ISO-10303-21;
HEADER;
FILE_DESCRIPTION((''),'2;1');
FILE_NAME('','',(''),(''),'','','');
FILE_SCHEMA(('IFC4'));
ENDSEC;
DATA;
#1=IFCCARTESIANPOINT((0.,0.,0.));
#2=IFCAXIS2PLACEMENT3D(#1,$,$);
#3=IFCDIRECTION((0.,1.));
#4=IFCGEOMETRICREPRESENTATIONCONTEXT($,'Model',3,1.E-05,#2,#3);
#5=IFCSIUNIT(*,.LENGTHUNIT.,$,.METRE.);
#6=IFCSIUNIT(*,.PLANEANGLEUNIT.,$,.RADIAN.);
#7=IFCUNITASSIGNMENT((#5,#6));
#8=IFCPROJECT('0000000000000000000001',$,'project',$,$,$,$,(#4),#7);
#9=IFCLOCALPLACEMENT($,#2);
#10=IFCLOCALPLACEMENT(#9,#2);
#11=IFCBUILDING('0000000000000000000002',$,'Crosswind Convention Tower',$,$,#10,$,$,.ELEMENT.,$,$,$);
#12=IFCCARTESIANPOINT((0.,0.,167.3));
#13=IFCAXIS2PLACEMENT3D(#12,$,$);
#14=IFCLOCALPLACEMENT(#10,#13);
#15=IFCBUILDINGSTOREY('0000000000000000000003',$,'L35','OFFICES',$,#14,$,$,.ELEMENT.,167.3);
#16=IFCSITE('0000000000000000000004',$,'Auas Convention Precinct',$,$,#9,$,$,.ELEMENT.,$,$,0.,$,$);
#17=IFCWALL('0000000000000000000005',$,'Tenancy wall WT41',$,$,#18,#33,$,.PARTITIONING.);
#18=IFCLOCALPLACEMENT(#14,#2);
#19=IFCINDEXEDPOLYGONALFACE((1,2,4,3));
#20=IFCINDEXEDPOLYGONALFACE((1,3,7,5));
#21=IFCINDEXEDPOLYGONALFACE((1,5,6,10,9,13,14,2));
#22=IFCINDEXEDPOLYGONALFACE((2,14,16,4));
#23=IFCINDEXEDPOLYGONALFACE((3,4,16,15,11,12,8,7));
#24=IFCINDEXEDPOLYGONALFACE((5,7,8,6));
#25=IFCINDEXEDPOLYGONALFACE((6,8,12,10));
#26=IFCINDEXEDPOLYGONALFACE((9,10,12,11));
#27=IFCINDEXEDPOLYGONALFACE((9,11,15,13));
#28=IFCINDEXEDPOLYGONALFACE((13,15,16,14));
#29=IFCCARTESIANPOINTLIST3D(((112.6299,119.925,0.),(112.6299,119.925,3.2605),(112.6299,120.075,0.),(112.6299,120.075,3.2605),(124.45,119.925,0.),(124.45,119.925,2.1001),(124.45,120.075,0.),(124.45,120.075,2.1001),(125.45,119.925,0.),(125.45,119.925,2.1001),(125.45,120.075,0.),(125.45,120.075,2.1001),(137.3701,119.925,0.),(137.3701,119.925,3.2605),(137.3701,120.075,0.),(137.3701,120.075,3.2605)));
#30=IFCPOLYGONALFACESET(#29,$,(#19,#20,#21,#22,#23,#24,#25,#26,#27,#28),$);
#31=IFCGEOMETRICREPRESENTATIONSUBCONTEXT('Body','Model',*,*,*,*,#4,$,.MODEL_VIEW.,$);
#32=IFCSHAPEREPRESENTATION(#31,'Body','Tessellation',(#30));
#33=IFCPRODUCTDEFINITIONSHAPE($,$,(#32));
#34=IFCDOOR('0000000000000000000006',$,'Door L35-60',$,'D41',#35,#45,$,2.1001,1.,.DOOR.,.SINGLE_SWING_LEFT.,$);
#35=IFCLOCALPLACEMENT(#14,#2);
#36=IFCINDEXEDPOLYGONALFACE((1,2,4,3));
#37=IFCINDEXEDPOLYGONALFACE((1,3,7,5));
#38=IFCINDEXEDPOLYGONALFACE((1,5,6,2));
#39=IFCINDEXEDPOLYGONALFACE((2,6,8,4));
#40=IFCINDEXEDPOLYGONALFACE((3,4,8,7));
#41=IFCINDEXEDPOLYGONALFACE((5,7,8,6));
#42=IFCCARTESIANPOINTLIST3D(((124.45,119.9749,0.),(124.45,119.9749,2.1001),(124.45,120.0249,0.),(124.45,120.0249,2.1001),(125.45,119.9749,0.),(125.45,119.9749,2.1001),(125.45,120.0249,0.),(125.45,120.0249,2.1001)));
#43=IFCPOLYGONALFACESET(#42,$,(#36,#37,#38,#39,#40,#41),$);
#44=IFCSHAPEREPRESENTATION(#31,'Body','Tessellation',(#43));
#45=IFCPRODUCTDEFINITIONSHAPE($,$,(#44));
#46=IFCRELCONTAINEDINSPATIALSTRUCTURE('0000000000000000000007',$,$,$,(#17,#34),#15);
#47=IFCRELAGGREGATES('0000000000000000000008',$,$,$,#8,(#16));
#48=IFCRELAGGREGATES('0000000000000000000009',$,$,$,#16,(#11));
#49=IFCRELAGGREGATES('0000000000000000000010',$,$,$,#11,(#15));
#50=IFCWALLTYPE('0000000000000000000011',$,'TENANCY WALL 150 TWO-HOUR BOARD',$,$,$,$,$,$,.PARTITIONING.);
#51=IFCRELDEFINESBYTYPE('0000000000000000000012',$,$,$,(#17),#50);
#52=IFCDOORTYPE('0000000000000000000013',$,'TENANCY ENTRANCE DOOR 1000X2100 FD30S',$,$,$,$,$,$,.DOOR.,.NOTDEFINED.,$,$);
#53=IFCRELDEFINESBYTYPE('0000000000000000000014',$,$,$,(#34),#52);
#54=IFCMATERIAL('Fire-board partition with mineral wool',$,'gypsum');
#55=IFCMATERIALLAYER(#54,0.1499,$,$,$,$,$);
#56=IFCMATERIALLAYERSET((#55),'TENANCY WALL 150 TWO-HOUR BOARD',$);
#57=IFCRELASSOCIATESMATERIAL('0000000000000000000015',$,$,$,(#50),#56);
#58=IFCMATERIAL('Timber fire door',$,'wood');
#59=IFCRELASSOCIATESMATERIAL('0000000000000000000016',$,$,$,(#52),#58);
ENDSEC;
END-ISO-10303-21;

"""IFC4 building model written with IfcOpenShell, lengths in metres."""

from ifc_helpers import new_model, si_unit, direction, frame, frame_2d, origin, place, context, subcontext, project, spatial, rectangle, extrude, material, layer, layer_set, type_object, element, fill, save


model = new_model("IFC4")

# Units and contexts
model_context = context("Model", 3, precision=1e-05, world=origin(), true_north=direction((0.0, 1.0)))
body_context = subcontext(model_context, "Body", "Model", "MODEL_VIEW")
ifc_project = project(units=[si_unit("LENGTHUNIT", "METRE"), si_unit("PLANEANGLEUNIT", "RADIAN")], contexts=[model_context])

# Site, building, storey
site_placement = place(None, origin())
site = spatial("IfcSite", under=ifc_project, at=site_placement, Name="Auas Convention Precinct", CompositionType="ELEMENT", RefElevation=0.0)
building_placement = place(site_placement, origin())
building = spatial("IfcBuilding", under=site, at=building_placement, Name="Crosswind Convention Tower", CompositionType="ELEMENT")
storey_placement = place(building_placement, frame((0.0, 0.0, 167.3)))
storey = spatial("IfcBuildingStorey", under=building, at=storey_placement, Name="L35", Description="OFFICES", CompositionType="ELEMENT", Elevation=167.3)

# Wall, opening, door
ifc_material_1 = material(Name="Fire-board partition with mineral wool", Category="gypsum")
ifc_layer_1 = layer(ifc_material_1, 0.1499)
ifc_layer_set_1 = layer_set([ifc_layer_1], Name="TENANCY WALL 150 TWO-HOUR BOARD")
wall_type = type_object("IfcWallType", Name="TENANCY WALL 150 TWO-HOUR BOARD", PredefinedType="PARTITIONING", material=ifc_layer_set_1)
wall_1_placement = place(storey_placement, frame((112.6299, 120.0, 0.0), z_axis=(0.0, 0.0, 1.0), x_axis=(1.0, 0.0, 0.0)))
wall_1 = element("IfcWall", 1, at=wall_1_placement, inside=storey, type_object=wall_type, Name="Tenancy wall WT41", PredefinedType="PARTITIONING", context=body_context, shape_type="SweptSolid", body=[
    extrude(rectangle(XDim=24.7402, YDim=0.1499, at=frame_2d((12.3701, 0.0))), origin(), (0.0, 0.0, 1.0), 3.2605),
])
opening_1_placement = place(wall_1_placement, frame((11.8201, 0.0, 0.0)))
opening_1 = element("IfcOpeningElement", 2, at=opening_1_placement, cuts=wall_1, PredefinedType="OPENING", context=body_context, shape_type="SweptSolid", body=[
    extrude(rectangle(XDim=1.0, YDim=2.1001, at=frame_2d((0.5, 1.05))), frame((0.0, 0.085, 0.0), z_axis=(0.0, -1.0, 0.0), x_axis=(1.0, 0.0, 0.0)), (0.0, 0.0, 1.0), 0.1699),
])
ifc_material_2 = material(Name="Timber fire door", Category="wood")
door_type_1 = type_object("IfcDoorType", Name="TENANCY ENTRANCE DOOR 1000X2100 FD30S", OperationType="NOTDEFINED", PredefinedType="DOOR", material=ifc_material_2)
door_1_placement = place(opening_1_placement, origin())
door_1 = element("IfcDoor", 3, at=door_1_placement, inside=storey, type_object=door_type_1, Name="Door L35-60", ObjectType="D41", OperationType="SINGLE_SWING_LEFT", OverallHeight=2.1001, OverallWidth=1.0, PredefinedType="DOOR", context=body_context, shape_type="SweptSolid", body=[
    extrude(rectangle(XDim=1.0, YDim=2.1001, at=frame_2d((0.5, 1.05))), frame((0.0, 0.0249, 0.0), z_axis=(0.0, -1.0, 0.0), x_axis=(1.0, 0.0, 0.0)), (0.0, 0.0, 1.0), 0.05),
])
fill(opening_1, door_1)

save(model, "model.ifc")
